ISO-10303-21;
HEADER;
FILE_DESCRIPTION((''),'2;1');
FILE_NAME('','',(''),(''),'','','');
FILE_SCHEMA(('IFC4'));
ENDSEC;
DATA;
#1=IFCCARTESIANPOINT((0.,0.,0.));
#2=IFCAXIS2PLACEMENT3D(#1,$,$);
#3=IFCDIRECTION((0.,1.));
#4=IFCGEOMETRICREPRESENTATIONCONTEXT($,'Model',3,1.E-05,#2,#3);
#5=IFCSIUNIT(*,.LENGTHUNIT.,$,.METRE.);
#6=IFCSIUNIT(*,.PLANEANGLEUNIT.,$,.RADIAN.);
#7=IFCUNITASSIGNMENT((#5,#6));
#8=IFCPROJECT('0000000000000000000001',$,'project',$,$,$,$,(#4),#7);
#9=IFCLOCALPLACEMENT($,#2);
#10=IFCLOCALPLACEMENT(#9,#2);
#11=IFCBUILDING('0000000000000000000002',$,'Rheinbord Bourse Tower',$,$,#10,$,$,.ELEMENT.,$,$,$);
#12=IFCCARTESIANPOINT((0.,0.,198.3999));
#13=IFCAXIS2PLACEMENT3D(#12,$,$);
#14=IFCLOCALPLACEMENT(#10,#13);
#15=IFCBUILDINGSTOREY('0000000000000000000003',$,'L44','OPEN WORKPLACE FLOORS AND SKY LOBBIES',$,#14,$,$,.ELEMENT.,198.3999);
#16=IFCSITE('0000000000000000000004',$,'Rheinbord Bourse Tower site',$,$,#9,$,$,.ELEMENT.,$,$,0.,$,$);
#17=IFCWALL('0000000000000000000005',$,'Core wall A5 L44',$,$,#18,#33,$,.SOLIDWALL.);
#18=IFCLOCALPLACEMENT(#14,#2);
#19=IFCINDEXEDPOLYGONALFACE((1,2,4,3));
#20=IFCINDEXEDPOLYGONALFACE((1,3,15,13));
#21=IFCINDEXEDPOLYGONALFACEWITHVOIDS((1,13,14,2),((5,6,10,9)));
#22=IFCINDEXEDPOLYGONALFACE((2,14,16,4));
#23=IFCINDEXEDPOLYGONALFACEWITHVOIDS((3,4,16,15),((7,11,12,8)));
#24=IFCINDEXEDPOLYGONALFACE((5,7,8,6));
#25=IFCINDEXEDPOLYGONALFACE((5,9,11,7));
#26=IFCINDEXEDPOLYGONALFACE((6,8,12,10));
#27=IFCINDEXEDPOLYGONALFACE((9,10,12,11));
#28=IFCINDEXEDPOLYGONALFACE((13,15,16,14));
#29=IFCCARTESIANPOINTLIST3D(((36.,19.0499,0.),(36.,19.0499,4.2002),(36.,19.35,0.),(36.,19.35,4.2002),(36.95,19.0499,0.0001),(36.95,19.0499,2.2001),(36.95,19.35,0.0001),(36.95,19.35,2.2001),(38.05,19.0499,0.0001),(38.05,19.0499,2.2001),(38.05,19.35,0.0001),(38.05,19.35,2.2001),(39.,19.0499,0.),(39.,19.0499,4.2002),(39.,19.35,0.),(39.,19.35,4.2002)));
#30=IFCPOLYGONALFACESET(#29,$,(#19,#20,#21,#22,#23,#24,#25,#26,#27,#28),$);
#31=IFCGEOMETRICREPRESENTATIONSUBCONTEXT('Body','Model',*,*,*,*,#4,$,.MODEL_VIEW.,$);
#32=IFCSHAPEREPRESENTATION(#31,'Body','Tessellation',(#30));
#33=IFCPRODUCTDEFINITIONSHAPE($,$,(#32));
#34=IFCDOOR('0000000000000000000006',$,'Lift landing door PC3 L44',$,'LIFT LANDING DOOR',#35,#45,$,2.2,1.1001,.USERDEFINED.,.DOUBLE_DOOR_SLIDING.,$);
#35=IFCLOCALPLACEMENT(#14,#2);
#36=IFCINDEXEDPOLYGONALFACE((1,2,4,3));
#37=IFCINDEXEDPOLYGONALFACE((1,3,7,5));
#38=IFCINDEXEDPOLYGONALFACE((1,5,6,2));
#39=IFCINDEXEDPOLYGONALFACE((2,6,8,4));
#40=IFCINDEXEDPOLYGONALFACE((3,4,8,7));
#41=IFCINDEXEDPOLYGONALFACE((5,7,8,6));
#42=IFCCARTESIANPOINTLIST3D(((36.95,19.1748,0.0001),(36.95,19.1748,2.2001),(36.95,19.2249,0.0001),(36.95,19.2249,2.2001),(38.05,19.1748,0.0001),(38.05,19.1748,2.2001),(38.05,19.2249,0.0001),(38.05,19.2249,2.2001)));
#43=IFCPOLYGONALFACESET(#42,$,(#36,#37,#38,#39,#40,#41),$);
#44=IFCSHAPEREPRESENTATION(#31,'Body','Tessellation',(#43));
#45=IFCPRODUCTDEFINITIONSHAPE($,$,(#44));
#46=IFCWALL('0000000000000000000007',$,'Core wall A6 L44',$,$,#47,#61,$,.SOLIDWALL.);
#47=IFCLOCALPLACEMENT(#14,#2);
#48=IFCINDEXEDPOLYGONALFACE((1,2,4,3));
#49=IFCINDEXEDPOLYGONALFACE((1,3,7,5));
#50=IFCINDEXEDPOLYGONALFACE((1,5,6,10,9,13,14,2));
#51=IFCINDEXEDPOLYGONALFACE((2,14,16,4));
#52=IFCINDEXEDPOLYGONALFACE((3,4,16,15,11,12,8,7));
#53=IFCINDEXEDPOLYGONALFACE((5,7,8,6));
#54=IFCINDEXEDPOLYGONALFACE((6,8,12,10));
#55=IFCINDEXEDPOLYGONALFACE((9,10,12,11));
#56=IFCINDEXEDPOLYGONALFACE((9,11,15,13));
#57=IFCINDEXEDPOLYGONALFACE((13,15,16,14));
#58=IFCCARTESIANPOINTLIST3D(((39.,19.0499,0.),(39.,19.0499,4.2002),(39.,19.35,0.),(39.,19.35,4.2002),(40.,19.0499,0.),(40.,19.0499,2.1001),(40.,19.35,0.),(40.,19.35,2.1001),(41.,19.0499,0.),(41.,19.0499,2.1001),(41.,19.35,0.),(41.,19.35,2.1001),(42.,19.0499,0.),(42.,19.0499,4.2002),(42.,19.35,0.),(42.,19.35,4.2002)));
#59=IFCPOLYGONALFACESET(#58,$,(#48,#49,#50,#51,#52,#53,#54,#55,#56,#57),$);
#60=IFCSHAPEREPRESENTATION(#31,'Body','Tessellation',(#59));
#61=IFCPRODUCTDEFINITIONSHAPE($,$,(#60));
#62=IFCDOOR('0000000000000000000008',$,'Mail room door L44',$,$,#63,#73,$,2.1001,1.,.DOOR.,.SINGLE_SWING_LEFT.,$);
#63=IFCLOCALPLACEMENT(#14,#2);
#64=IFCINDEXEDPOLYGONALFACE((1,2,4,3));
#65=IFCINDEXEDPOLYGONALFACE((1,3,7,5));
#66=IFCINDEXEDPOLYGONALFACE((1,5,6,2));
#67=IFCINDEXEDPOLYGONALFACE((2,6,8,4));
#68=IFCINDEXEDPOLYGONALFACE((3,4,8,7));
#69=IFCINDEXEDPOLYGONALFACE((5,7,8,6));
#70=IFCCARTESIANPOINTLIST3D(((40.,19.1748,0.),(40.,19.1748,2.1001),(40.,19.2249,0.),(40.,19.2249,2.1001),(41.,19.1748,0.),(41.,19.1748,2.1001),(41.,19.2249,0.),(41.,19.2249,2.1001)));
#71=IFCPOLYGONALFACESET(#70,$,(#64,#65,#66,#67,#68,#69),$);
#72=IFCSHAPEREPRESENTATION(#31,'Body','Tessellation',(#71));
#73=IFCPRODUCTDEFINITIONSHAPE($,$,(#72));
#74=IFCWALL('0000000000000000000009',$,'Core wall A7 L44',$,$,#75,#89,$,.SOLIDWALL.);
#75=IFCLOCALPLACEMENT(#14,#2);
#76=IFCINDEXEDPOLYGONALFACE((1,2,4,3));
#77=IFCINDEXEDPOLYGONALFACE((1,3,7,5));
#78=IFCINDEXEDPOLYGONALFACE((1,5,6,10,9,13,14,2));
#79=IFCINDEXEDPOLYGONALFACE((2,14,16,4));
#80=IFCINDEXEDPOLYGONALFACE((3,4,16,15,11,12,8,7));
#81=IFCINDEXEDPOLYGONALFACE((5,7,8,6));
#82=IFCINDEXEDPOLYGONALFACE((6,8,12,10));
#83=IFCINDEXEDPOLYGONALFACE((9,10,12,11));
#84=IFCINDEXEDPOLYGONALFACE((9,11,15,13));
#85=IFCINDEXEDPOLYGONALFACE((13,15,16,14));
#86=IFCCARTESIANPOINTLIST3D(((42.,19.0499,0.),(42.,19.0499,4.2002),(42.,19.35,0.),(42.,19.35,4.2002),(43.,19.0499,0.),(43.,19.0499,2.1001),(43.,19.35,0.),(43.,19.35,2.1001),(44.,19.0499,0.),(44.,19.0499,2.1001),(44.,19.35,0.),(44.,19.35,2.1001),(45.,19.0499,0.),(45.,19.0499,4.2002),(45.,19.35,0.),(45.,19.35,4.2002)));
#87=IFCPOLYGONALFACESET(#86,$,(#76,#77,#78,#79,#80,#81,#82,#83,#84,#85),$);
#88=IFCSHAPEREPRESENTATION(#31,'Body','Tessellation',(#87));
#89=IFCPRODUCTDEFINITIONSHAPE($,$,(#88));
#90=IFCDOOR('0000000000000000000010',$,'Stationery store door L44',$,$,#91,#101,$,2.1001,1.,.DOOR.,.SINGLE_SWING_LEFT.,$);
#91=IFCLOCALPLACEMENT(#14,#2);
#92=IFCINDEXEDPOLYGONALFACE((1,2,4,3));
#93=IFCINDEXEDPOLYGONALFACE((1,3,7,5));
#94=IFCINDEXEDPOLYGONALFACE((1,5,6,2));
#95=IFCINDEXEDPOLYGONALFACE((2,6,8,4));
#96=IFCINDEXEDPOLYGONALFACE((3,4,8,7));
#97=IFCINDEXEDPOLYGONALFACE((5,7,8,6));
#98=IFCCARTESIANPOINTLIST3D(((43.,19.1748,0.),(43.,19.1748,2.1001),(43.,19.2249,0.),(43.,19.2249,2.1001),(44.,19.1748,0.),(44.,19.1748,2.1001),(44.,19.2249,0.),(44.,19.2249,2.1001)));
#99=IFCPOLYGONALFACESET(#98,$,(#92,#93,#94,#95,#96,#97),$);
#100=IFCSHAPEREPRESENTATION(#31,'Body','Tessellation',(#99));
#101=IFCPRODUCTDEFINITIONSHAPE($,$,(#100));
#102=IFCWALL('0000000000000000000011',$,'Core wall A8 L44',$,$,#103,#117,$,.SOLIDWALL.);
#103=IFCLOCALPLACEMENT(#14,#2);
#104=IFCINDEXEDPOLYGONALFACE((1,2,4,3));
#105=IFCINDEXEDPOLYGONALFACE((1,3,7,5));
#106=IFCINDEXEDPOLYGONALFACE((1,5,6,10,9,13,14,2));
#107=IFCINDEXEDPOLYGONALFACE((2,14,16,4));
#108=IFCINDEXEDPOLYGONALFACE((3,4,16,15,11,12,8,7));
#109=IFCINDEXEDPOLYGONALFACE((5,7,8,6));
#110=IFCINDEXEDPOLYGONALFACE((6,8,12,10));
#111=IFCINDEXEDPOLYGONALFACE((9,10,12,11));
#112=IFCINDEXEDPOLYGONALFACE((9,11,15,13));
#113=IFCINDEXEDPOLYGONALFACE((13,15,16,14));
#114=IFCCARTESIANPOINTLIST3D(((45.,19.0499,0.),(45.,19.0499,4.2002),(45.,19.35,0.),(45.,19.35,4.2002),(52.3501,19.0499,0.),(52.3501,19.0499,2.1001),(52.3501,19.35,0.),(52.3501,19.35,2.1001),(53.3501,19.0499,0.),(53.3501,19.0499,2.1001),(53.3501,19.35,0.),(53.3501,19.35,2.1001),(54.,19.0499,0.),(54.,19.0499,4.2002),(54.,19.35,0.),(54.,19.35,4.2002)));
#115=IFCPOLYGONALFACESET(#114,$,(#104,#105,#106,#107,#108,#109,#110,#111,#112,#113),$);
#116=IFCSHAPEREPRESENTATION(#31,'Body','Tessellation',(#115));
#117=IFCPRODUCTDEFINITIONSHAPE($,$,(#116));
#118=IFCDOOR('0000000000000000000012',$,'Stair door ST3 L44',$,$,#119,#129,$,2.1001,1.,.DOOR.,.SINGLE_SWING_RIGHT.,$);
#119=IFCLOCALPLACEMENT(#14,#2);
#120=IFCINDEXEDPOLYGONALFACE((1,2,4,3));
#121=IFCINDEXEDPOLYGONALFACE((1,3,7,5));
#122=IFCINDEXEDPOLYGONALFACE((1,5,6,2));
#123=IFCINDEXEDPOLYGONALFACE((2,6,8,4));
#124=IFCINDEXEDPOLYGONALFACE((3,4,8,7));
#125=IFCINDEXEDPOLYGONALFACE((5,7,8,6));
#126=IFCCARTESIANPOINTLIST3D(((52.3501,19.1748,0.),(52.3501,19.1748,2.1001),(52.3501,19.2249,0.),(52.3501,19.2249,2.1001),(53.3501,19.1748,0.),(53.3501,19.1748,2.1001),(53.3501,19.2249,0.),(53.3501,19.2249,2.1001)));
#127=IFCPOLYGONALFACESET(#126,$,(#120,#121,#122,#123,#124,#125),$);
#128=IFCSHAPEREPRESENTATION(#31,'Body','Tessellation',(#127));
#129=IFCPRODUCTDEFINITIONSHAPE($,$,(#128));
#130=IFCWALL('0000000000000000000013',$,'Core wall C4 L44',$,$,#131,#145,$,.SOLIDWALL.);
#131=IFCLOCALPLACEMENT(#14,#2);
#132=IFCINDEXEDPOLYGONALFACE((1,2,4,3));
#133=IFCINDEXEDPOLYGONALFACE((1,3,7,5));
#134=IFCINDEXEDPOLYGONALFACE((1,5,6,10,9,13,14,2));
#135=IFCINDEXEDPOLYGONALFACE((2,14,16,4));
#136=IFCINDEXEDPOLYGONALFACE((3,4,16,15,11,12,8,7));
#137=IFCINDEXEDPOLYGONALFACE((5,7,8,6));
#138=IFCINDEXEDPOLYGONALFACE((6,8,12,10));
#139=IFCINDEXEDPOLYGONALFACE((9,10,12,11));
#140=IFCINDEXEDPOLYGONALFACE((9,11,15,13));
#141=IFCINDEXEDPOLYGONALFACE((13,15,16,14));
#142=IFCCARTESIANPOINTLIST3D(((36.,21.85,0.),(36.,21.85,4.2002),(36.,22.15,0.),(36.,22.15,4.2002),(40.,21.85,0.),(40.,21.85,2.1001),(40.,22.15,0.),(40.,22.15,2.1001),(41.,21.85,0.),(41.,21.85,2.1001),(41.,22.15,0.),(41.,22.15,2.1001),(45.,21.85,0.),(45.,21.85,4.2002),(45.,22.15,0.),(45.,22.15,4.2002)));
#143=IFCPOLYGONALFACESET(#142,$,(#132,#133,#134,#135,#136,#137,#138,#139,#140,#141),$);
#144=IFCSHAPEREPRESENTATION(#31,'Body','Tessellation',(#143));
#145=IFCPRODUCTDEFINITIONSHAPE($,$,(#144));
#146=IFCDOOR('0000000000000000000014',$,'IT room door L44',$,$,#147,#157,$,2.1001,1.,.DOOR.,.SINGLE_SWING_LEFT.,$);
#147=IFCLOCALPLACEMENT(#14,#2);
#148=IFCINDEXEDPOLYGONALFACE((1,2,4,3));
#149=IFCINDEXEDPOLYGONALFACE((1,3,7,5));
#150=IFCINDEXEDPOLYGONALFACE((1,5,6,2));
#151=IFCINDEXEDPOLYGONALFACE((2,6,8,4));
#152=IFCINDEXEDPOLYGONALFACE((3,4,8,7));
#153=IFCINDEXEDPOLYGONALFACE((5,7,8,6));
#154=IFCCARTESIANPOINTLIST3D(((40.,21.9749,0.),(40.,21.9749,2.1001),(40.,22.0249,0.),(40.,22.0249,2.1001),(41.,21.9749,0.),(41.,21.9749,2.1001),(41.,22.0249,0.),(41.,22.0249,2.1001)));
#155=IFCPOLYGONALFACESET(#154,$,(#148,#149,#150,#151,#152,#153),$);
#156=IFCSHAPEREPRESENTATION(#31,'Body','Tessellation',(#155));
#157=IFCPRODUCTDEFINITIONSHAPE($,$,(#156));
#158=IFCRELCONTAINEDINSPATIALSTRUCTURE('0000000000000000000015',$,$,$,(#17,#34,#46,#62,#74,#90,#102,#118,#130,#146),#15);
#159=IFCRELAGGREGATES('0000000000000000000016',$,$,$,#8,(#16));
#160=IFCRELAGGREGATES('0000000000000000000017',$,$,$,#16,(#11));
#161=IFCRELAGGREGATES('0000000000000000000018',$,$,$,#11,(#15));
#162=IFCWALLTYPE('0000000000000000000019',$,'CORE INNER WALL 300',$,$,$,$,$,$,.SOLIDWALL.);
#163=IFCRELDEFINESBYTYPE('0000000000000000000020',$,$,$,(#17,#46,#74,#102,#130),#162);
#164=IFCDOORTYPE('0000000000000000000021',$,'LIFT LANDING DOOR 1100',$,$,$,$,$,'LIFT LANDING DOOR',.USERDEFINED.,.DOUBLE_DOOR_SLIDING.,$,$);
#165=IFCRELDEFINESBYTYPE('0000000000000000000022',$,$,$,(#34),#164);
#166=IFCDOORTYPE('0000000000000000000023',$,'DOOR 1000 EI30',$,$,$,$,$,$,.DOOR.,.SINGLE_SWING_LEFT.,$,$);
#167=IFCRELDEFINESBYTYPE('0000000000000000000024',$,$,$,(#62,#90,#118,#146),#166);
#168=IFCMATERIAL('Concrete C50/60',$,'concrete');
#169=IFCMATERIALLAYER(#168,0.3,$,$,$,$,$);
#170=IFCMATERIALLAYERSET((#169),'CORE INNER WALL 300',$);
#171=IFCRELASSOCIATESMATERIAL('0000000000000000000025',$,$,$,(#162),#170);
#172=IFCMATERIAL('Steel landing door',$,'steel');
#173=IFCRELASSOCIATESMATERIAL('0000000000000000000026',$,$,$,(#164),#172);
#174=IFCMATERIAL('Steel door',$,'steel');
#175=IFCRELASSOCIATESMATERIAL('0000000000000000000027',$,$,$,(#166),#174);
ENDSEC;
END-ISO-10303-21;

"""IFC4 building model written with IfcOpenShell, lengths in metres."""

from ifc_helpers import new_model, si_unit, direction, frame, frame_2d, origin, place, context, subcontext, project, spatial, rectangle, extrude, material, layer, layer_set, type_object, element, fill, save


model = new_model("IFC4")

# Units and contexts
model_context = context("Model", 3, precision=1e-05, world=origin(), true_north=direction((0.0, 1.0)))
body_context = subcontext(model_context, "Body", "Model", "MODEL_VIEW")
ifc_project = project(units=[si_unit("LENGTHUNIT", "METRE"), si_unit("PLANEANGLEUNIT", "RADIAN")], contexts=[model_context])

# Site, building, storey
site_placement = place(None, origin())
site = spatial("IfcSite", under=ifc_project, at=site_placement, Name="Rheinbord Bourse Tower site", CompositionType="ELEMENT", RefElevation=0.0)
building_placement = place(site_placement, origin())
building = spatial("IfcBuilding", under=site, at=building_placement, Name="Rheinbord Bourse Tower", CompositionType="ELEMENT")
storey_placement = place(building_placement, frame((0.0, 0.0, 198.3999)))
storey = spatial("IfcBuildingStorey", under=building, at=storey_placement, Name="L44", Description="OPEN WORKPLACE FLOORS AND SKY LOBBIES", CompositionType="ELEMENT", Elevation=198.3999)

# Walls, openings, doors
ifc_material_1 = material(Name="Concrete C50/60", Category="concrete")
ifc_layer_1 = layer(ifc_material_1, 0.3)
ifc_layer_set_1 = layer_set([ifc_layer_1], Name="CORE INNER WALL 300")
wall_type_1 = type_object("IfcWallType", Name="CORE INNER WALL 300", PredefinedType="SOLIDWALL", material=ifc_layer_set_1)
wall_1_placement = place(storey_placement, frame((36.0, 19.2, 0.0), z_axis=(0.0, 0.0, 1.0), x_axis=(1.0, 0.0, 0.0)))
wall_1 = element("IfcWall", 1, at=wall_1_placement, inside=storey, type_object=wall_type_1, Name="Core wall A5 L44", PredefinedType="SOLIDWALL", context=body_context, shape_type="SweptSolid", body=[
    extrude(rectangle(XDim=3.0, YDim=0.3, at=frame_2d((1.5, 0.0))), origin(), (0.0, 0.0, 1.0), 4.2002),
])
opening_1_placement = place(wall_1_placement, frame((0.95, 0.0, 0.0)))
opening_1 = element("IfcOpeningElement", 2, at=opening_1_placement, cuts=wall_1, PredefinedType="OPENING", context=body_context, shape_type="SweptSolid", body=[
    extrude(rectangle(XDim=1.1001, YDim=2.2, at=frame_2d((0.55, 1.1001))), frame((0.0, 0.1599, 0.0), z_axis=(0.0, -1.0, 0.0), x_axis=(1.0, 0.0, 0.0)), (0.0, 0.0, 1.0), 0.3201),
])
ifc_material_2 = material(Name="Steel landing door", Category="steel")
door_type_1 = type_object("IfcDoorType", Name="LIFT LANDING DOOR 1100", ElementType="LIFT LANDING DOOR", OperationType="DOUBLE_DOOR_SLIDING", PredefinedType="USERDEFINED", material=ifc_material_2)
door_1_placement = place(opening_1_placement, origin())
door_1 = element("IfcDoor", 3, at=door_1_placement, inside=storey, type_object=door_type_1, Name="Lift landing door PC3 L44", ObjectType="LIFT LANDING DOOR", OperationType="DOUBLE_DOOR_SLIDING", OverallHeight=2.2, OverallWidth=1.1001, PredefinedType="USERDEFINED", context=body_context, shape_type="SweptSolid", body=[
    extrude(rectangle(XDim=1.1001, YDim=2.2, at=frame_2d((0.55, 1.1001))), frame((0.0, 0.0249, 0.0), z_axis=(0.0, -1.0, 0.0), x_axis=(1.0, 0.0, 0.0)), (0.0, 0.0, 1.0), 0.05),
])
fill(opening_1, door_1)
wall_2_placement = place(storey_placement, frame((39.0, 19.2, 0.0), z_axis=(0.0, 0.0, 1.0), x_axis=(1.0, 0.0, 0.0)))
wall_2 = element("IfcWall", 4, at=wall_2_placement, inside=storey, type_object=wall_type_1, Name="Core wall A6 L44", PredefinedType="SOLIDWALL", context=body_context, shape_type="SweptSolid", body=[
    extrude(rectangle(XDim=3.0, YDim=0.3, at=frame_2d((1.5, 0.0))), origin(), (0.0, 0.0, 1.0), 4.2002),
])
opening_2_placement = place(wall_2_placement, frame((1.0, 0.0, 0.0)))
opening_2 = element("IfcOpeningElement", 5, at=opening_2_placement, cuts=wall_2, PredefinedType="OPENING", context=body_context, shape_type="SweptSolid", body=[
    extrude(rectangle(XDim=1.0, YDim=2.1001, at=frame_2d((0.5, 1.05))), frame((0.0, 0.1599, 0.0), z_axis=(0.0, -1.0, 0.0), x_axis=(1.0, 0.0, 0.0)), (0.0, 0.0, 1.0), 0.3201),
])
ifc_material_3 = material(Name="Steel door", Category="steel")
door_type_2 = type_object("IfcDoorType", Name="DOOR 1000 EI30", OperationType="SINGLE_SWING_LEFT", PredefinedType="DOOR", material=ifc_material_3)
door_2_placement = place(opening_2_placement, origin())
door_2 = element("IfcDoor", 6, at=door_2_placement, inside=storey, type_object=door_type_2, Name="Mail room door L44", OperationType="SINGLE_SWING_LEFT", OverallHeight=2.1001, OverallWidth=1.0, PredefinedType="DOOR", context=body_context, shape_type="SweptSolid", body=[
    extrude(rectangle(XDim=1.0, YDim=2.1001, at=frame_2d((0.5, 1.05))), frame((0.0, 0.0249, 0.0), z_axis=(0.0, -1.0, 0.0), x_axis=(1.0, 0.0, 0.0)), (0.0, 0.0, 1.0), 0.05),
])
fill(opening_2, door_2)
wall_3_placement = place(storey_placement, frame((42.0, 19.2, 0.0), z_axis=(0.0, 0.0, 1.0), x_axis=(1.0, 0.0, 0.0)))
wall_3 = element("IfcWall", 7, at=wall_3_placement, inside=storey, type_object=wall_type_1, Name="Core wall A7 L44", PredefinedType="SOLIDWALL", context=body_context, shape_type="SweptSolid", body=[
    extrude(rectangle(XDim=3.0, YDim=0.3, at=frame_2d((1.5, 0.0))), origin(), (0.0, 0.0, 1.0), 4.2002),
])
opening_3_placement = place(wall_3_placement, frame((1.0, 0.0, 0.0)))
opening_3 = element("IfcOpeningElement", 8, at=opening_3_placement, cuts=wall_3, PredefinedType="OPENING", context=body_context, shape_type="SweptSolid", body=[
    extrude(rectangle(XDim=1.0, YDim=2.1001, at=frame_2d((0.5, 1.05))), frame((0.0, 0.1599, 0.0), z_axis=(0.0, -1.0, 0.0), x_axis=(1.0, 0.0, 0.0)), (0.0, 0.0, 1.0), 0.3201),
])
door_3_placement = place(opening_3_placement, origin())
door_3 = element("IfcDoor", 9, at=door_3_placement, inside=storey, type_object=door_type_2, Name="Stationery store door L44", OperationType="SINGLE_SWING_LEFT", OverallHeight=2.1001, OverallWidth=1.0, PredefinedType="DOOR", context=body_context, shape_type="SweptSolid", body=[
    extrude(rectangle(XDim=1.0, YDim=2.1001, at=frame_2d((0.5, 1.05))), frame((0.0, 0.0249, 0.0), z_axis=(0.0, -1.0, 0.0), x_axis=(1.0, 0.0, 0.0)), (0.0, 0.0, 1.0), 0.05),
])
fill(opening_3, door_3)
wall_4_placement = place(storey_placement, frame((45.0, 19.2, 0.0), z_axis=(0.0, 0.0, 1.0), x_axis=(1.0, 0.0, 0.0)))
wall_4 = element("IfcWall", 10, at=wall_4_placement, inside=storey, type_object=wall_type_1, Name="Core wall A8 L44", PredefinedType="SOLIDWALL", context=body_context, shape_type="SweptSolid", body=[
    extrude(rectangle(XDim=9.0, YDim=0.3, at=frame_2d((4.5, 0.0))), origin(), (0.0, 0.0, 1.0), 4.2002),
])
opening_4_placement = place(wall_4_placement, frame((7.3501, 0.0, 0.0)))
opening_4 = element("IfcOpeningElement", 11, at=opening_4_placement, cuts=wall_4, PredefinedType="OPENING", context=body_context, shape_type="SweptSolid", body=[
    extrude(rectangle(XDim=1.0, YDim=2.1001, at=frame_2d((0.5, 1.05))), frame((0.0, 0.1599, 0.0), z_axis=(0.0, -1.0, 0.0), x_axis=(1.0, 0.0, 0.0)), (0.0, 0.0, 1.0), 0.3201),
])
door_4_placement = place(opening_4_placement, origin())
door_4 = element("IfcDoor", 12, at=door_4_placement, inside=storey, type_object=door_type_2, Name="Stair door ST3 L44", OperationType="SINGLE_SWING_RIGHT", OverallHeight=2.1001, OverallWidth=1.0, PredefinedType="DOOR", context=body_context, shape_type="SweptSolid", body=[
    extrude(rectangle(XDim=1.0, YDim=2.1001, at=frame_2d((0.5, 1.05))), frame((0.0, 0.0249, 0.0), z_axis=(0.0, -1.0, 0.0), x_axis=(1.0, 0.0, 0.0)), (0.0, 0.0, 1.0), 0.05),
])
fill(opening_4, door_4)
wall_5_placement = place(storey_placement, frame((36.0, 22.0, 0.0), z_axis=(0.0, 0.0, 1.0), x_axis=(1.0, 0.0, 0.0)))
wall_5 = element("IfcWall", 13, at=wall_5_placement, inside=storey, type_object=wall_type_1, Name="Core wall C4 L44", PredefinedType="SOLIDWALL", context=body_context, shape_type="SweptSolid", body=[
    extrude(rectangle(XDim=9.0, YDim=0.3, at=frame_2d((4.5, 0.0))), origin(), (0.0, 0.0, 1.0), 4.2002),
])
opening_5_placement = place(wall_5_placement, frame((4.0, 0.0, 0.0)))
opening_5 = element("IfcOpeningElement", 14, at=opening_5_placement, cuts=wall_5, PredefinedType="OPENING", context=body_context, shape_type="SweptSolid", body=[
    extrude(rectangle(XDim=1.0, YDim=2.1001, at=frame_2d((0.5, 1.05))), frame((0.0, 0.1599, 0.0), z_axis=(0.0, -1.0, 0.0), x_axis=(1.0, 0.0, 0.0)), (0.0, 0.0, 1.0), 0.3201),
])
door_5_placement = place(opening_5_placement, origin())
door_5 = element("IfcDoor", 15, at=door_5_placement, inside=storey, type_object=door_type_2, Name="IT room door L44", OperationType="SINGLE_SWING_LEFT", OverallHeight=2.1001, OverallWidth=1.0, PredefinedType="DOOR", context=body_context, shape_type="SweptSolid", body=[
    extrude(rectangle(XDim=1.0, YDim=2.1001, at=frame_2d((0.5, 1.05))), frame((0.0, 0.0249, 0.0), z_axis=(0.0, -1.0, 0.0), x_axis=(1.0, 0.0, 0.0)), (0.0, 0.0, 1.0), 0.05),
])
fill(opening_5, door_5)

save(model, "model.ifc")
